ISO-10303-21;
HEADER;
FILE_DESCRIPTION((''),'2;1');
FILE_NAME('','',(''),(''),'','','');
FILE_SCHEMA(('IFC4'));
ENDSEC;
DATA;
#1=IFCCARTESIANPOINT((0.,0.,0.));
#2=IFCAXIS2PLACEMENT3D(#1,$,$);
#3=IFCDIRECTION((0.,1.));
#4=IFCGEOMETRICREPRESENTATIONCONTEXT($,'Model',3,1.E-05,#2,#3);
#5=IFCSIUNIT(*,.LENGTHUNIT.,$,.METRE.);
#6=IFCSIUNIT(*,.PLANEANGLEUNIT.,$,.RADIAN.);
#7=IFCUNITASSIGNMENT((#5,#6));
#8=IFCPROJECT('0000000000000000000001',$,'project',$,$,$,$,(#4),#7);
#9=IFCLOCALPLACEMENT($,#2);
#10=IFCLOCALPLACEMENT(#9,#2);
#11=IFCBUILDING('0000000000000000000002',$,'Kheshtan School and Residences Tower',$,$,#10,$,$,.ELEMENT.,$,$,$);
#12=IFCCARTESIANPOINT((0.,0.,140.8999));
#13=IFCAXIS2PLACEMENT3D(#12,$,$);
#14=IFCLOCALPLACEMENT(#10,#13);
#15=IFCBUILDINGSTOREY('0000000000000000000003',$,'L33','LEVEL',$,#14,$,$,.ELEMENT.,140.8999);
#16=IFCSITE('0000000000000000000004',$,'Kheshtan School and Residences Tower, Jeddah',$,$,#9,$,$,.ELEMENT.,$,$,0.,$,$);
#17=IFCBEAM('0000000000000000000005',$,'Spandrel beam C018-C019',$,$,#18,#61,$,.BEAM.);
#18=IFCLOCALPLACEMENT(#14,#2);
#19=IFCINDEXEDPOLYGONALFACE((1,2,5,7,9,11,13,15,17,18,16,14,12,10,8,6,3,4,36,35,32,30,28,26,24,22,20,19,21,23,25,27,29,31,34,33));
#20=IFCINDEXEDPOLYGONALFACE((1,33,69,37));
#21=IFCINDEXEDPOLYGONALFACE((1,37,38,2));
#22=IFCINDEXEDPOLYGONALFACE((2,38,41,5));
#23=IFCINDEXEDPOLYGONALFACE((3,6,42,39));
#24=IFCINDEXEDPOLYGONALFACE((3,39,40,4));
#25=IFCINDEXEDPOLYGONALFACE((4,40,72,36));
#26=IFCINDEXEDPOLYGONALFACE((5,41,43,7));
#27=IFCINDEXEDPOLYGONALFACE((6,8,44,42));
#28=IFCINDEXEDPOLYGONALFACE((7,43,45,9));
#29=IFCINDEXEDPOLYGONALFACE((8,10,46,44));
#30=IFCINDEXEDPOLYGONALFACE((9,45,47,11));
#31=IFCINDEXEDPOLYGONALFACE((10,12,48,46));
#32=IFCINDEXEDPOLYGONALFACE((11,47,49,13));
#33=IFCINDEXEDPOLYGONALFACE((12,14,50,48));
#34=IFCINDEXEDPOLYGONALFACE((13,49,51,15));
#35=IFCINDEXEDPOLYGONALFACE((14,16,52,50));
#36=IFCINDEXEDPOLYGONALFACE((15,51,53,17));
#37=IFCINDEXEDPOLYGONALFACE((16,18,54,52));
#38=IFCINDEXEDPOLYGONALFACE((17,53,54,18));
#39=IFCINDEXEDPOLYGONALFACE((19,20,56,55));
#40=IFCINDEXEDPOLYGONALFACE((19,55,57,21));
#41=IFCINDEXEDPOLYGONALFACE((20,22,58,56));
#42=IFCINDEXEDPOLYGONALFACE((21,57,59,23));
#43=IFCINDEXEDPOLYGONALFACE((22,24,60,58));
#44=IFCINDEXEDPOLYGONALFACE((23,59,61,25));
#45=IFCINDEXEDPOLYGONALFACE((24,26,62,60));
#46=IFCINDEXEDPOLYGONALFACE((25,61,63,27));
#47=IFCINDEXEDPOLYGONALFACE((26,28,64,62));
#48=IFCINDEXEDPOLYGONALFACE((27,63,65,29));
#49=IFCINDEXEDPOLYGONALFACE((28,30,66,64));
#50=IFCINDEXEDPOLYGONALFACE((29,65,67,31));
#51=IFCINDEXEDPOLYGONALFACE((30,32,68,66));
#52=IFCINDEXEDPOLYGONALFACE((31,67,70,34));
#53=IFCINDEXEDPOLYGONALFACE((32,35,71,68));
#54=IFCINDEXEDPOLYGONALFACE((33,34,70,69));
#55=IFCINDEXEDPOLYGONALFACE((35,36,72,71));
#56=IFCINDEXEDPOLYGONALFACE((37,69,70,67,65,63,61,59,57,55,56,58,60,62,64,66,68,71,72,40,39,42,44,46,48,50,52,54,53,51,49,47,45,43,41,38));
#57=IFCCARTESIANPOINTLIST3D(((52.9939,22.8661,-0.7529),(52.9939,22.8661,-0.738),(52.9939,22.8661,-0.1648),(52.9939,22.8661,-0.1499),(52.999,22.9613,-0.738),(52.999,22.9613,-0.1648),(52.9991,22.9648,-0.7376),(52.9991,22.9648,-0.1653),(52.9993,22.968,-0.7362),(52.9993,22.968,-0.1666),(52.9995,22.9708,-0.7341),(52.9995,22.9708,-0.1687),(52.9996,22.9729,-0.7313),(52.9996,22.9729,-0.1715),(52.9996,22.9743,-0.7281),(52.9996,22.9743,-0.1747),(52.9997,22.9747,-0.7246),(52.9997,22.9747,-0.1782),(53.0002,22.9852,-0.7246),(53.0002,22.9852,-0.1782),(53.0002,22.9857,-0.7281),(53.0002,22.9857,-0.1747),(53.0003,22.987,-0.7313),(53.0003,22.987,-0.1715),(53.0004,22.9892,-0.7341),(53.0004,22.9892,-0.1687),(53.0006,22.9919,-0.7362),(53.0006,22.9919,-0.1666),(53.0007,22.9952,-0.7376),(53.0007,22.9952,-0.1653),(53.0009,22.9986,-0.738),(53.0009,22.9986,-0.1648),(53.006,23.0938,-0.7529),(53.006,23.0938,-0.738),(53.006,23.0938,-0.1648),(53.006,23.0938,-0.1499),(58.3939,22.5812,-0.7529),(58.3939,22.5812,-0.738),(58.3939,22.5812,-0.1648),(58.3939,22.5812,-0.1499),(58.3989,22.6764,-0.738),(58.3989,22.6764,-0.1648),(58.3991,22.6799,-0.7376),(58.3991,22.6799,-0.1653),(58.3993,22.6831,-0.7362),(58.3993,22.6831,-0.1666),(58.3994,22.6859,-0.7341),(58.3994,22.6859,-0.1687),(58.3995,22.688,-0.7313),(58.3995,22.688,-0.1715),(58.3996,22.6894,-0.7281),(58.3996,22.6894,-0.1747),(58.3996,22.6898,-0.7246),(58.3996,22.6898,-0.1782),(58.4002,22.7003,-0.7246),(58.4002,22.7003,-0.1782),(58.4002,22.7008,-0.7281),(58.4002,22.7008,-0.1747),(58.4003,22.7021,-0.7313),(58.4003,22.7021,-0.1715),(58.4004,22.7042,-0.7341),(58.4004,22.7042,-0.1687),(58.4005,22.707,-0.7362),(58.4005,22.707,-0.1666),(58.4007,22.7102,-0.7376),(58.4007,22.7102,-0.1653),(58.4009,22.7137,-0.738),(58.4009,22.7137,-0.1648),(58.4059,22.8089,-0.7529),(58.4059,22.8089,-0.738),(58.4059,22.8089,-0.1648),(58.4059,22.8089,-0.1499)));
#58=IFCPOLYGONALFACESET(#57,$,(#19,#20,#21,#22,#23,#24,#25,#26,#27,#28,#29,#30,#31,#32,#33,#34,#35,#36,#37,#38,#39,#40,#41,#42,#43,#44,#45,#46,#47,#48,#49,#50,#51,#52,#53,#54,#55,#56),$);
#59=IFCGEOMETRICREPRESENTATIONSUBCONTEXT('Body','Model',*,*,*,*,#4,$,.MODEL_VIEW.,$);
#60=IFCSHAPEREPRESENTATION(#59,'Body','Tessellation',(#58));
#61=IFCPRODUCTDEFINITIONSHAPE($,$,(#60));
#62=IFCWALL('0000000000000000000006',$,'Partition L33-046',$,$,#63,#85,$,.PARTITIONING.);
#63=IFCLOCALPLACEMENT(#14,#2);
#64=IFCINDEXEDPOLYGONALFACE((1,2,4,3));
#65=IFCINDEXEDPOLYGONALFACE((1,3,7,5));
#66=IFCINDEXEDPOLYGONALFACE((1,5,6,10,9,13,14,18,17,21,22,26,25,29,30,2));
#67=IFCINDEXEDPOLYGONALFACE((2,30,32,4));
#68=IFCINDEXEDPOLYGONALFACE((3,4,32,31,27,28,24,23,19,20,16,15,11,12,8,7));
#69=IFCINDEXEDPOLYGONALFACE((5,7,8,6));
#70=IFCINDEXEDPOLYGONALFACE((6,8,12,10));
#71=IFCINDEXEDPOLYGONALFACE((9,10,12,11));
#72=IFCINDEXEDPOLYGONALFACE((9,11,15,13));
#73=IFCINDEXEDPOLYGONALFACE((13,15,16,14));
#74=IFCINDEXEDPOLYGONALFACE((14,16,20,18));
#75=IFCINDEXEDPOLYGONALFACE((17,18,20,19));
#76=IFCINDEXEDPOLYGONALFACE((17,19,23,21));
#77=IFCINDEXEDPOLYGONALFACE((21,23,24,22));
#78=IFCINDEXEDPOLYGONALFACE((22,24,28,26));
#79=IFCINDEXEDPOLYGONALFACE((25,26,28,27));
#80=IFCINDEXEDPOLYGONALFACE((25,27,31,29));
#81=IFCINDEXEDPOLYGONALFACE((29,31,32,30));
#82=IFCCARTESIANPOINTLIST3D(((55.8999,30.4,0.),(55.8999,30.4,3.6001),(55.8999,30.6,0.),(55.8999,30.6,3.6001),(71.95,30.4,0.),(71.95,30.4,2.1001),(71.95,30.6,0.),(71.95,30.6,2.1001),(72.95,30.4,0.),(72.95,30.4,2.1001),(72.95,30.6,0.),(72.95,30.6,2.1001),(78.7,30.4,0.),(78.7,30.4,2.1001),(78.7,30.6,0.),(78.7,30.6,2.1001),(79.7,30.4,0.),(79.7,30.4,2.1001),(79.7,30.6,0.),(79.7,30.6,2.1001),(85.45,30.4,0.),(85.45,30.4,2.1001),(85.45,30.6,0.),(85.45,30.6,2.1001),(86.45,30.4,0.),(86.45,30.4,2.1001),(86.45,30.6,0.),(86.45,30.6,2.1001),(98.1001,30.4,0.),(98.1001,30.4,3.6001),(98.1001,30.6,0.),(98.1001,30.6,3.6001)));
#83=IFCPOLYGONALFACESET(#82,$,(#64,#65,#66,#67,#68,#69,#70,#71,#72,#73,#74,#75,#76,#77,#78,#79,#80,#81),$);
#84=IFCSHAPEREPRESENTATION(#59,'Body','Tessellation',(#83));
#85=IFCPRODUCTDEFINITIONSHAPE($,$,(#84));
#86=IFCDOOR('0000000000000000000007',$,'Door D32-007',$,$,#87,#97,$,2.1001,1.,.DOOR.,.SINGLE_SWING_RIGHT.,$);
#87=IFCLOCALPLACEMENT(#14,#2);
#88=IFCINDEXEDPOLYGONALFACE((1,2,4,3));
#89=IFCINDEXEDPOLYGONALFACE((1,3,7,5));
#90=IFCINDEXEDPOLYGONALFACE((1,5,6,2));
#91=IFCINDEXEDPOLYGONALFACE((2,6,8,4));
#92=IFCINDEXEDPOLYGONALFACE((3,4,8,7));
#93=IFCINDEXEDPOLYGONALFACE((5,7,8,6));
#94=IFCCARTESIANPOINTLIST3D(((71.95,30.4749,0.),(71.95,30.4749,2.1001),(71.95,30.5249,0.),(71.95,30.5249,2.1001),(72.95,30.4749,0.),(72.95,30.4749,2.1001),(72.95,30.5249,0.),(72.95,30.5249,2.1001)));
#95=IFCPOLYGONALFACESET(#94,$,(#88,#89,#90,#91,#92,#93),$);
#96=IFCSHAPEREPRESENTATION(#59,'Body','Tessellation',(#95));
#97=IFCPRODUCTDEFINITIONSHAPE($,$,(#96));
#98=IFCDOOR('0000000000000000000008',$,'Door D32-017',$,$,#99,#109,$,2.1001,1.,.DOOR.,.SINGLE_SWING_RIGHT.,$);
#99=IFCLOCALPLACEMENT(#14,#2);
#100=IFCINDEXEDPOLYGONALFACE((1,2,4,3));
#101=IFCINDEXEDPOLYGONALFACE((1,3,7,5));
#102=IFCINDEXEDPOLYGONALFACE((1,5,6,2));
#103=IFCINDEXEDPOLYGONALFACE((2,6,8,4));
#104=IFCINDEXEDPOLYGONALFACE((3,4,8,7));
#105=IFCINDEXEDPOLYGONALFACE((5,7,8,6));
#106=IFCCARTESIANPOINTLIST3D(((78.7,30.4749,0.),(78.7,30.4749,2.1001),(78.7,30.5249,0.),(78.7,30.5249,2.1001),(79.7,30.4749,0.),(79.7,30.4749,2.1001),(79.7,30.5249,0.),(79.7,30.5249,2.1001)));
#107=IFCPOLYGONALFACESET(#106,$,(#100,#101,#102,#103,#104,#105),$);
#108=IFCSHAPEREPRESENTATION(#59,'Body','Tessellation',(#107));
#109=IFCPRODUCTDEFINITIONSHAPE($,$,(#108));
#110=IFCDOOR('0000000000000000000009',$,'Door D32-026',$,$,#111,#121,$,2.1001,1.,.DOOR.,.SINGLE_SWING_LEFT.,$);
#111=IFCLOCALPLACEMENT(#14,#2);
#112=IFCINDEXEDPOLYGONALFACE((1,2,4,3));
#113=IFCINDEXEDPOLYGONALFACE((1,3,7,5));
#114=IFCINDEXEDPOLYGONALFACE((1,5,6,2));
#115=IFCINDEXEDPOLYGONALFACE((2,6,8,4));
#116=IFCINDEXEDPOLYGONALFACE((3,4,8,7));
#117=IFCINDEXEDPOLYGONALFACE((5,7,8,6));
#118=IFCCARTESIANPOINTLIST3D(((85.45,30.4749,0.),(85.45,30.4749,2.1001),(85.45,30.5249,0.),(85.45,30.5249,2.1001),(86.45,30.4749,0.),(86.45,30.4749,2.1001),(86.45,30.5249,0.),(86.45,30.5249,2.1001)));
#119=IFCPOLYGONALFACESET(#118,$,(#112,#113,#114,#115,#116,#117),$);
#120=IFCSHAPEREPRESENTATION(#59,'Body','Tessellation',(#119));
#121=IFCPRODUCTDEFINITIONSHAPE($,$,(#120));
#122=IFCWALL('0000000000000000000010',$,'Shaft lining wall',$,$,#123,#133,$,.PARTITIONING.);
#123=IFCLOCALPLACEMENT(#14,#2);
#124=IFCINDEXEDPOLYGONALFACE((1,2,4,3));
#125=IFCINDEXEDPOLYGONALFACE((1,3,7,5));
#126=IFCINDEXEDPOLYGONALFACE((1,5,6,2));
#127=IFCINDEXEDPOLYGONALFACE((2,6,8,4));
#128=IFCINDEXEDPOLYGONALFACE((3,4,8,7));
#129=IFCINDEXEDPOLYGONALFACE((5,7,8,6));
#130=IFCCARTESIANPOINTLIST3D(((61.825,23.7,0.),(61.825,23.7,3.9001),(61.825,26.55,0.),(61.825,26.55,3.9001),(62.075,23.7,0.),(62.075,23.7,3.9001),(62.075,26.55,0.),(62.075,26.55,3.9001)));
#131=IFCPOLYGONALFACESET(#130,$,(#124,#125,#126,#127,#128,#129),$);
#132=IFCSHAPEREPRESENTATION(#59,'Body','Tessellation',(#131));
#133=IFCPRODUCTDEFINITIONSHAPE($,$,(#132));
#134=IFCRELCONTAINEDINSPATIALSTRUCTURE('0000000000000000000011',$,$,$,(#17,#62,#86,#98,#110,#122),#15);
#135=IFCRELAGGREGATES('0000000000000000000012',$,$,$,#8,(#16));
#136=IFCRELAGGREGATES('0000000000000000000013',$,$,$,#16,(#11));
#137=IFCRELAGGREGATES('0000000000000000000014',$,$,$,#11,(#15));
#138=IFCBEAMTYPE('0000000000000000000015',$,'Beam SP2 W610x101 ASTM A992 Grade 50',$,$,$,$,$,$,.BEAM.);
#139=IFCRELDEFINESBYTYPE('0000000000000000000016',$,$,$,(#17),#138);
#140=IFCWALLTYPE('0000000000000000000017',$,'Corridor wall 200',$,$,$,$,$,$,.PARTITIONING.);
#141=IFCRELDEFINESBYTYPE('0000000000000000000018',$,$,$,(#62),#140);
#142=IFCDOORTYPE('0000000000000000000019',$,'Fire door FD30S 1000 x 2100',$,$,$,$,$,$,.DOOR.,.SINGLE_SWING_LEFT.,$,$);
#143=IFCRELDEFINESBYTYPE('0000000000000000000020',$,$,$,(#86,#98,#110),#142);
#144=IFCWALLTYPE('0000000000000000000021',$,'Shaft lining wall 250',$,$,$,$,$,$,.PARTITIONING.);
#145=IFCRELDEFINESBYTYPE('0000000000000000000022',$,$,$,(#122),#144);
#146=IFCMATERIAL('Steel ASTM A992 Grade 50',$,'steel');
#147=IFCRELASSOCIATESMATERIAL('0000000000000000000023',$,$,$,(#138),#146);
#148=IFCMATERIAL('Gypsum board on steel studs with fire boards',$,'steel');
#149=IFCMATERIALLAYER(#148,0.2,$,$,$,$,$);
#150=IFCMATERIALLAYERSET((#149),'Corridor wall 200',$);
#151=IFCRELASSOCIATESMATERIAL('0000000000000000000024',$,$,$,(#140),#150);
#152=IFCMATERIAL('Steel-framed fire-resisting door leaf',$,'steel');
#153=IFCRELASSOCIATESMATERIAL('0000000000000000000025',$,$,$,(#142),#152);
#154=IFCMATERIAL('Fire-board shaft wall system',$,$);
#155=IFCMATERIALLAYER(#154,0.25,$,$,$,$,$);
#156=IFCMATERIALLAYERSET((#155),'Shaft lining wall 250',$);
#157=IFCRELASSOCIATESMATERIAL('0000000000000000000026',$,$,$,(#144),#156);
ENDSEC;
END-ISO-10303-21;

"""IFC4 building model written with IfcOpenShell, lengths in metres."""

from ifc_helpers import new_model, si_unit, direction, frame, frame_2d, origin, origin_2d, place, context, subcontext, project, spatial, rectangle, i_section, extrude, source, transform, mapped, material, layer, layer_set, material_profile, profile_set, type_object, element, fill, save


model = new_model("IFC4")

# Units and contexts
model_context = context("Model", 3, precision=1e-05, world=origin(), true_north=direction((0.0, 1.0)))
body_context = subcontext(model_context, "Body", "Model", "MODEL_VIEW")
ifc_project = project(units=[si_unit("LENGTHUNIT", "METRE"), si_unit("PLANEANGLEUNIT", "RADIAN")], contexts=[model_context])

# Site, building, storey
site_placement = place(None, origin())
site = spatial("IfcSite", under=ifc_project, at=site_placement, Name="Kheshtan School and Residences Tower, Jeddah", CompositionType="ELEMENT", RefElevation=0.0)
building_placement = place(site_placement, origin())
building = spatial("IfcBuilding", under=site, at=building_placement, Name="Kheshtan School and Residences Tower", CompositionType="ELEMENT")
storey_placement = place(building_placement, frame((0.0, 0.0, 140.8999)))
storey = spatial("IfcBuildingStorey", under=building, at=storey_placement, Name="L33", Description="LEVEL", CompositionType="ELEMENT", Elevation=140.8999)

# Shared definitions
ifc_material_1 = material(Name="Steel ASTM A992 Grade 50", Category="steel")

# Beam
ifc_material_profile_1 = material_profile(ifc_material_1, i_section(OverallWidth=0.228, OverallDepth=0.603, WebThickness=0.0105, FlangeThickness=0.0149, FilletRadius=0.0134, at=origin_2d()), Name="W610x101")
ifc_profile_set_1 = profile_set([ifc_material_profile_1], Name="Steel ASTM A992 Grade 50")
beam_type_1 = type_object("IfcBeamType", Name="Beam SP2 W610x101 ASTM A992 Grade 50", PredefinedType="BEAM", material=ifc_profile_set_1)
beam_1_placement = place(storey_placement, frame((58.3999, 22.6951, -0.4514), z_axis=(-0.998611, 0.052689, 0.0), x_axis=(-0.052689, -0.998611, 0.0)))
element("IfcBeam", 1, at=beam_1_placement, inside=storey, type_object=beam_type_1, Name="Spandrel beam C018-C019", PredefinedType="BEAM", context=body_context, shape_type="SweptSolid", body=[
    extrude(i_section(OverallWidth=0.228, OverallDepth=0.603, WebThickness=0.0105, FlangeThickness=0.0149, FilletRadius=0.0134, at=origin_2d()), origin(), (0.0, 0.0, 1.0), 5.4075),
])

# Wall, openings, doors
ifc_material_2 = material(Name="Gypsum board on steel studs with fire boards", Category="steel")
ifc_layer_1 = layer(ifc_material_2, 0.2)
ifc_layer_set_1 = layer_set([ifc_layer_1], Name="Corridor wall 200")
wall_type_1 = type_object("IfcWallType", Name="Corridor wall 200", PredefinedType="PARTITIONING", material=ifc_layer_set_1)
wall_1_placement = place(storey_placement, frame((55.8999, 30.5, 0.0), z_axis=(0.0, 0.0, 1.0), x_axis=(1.0, 0.0, 0.0)))
wall_1 = element("IfcWall", 2, at=wall_1_placement, inside=storey, type_object=wall_type_1, Name="Partition L33-046", PredefinedType="PARTITIONING", context=body_context, shape_type="SweptSolid", body=[
    extrude(rectangle(XDim=42.2002, YDim=0.2, at=frame_2d((21.1001, 0.0))), origin(), (0.0, 0.0, 1.0), 3.6001),
])
opening_1_placement = place(wall_1_placement, frame((16.05, 0.0, 0.0)))
opening_1 = element("IfcOpeningElement", 3, at=opening_1_placement, cuts=wall_1, PredefinedType="OPENING", context=body_context, shape_type="SweptSolid", body=[
    extrude(rectangle(XDim=1.0, YDim=2.1001, at=frame_2d((0.5, 1.05))), frame((0.0, 0.1099, 0.0), z_axis=(0.0, -1.0, 0.0), x_axis=(1.0, 0.0, 0.0)), (0.0, 0.0, 1.0), 0.22),
])
opening_2_placement = place(wall_1_placement, frame((22.8, 0.0, 0.0)))
opening_2 = element("IfcOpeningElement", 4, at=opening_2_placement, cuts=wall_1, PredefinedType="OPENING", context=body_context, shape_type="SweptSolid", body=[
    extrude(rectangle(XDim=1.0, YDim=2.1001, at=frame_2d((0.5, 1.05))), frame((0.0, 0.1099, 0.0), z_axis=(0.0, -1.0, 0.0), x_axis=(1.0, 0.0, 0.0)), (0.0, 0.0, 1.0), 0.22),
])
opening_3_placement = place(wall_1_placement, frame((29.55, 0.0, 0.0)))
opening_3 = element("IfcOpeningElement", 5, at=opening_3_placement, cuts=wall_1, PredefinedType="OPENING", context=body_context, shape_type="SweptSolid", body=[
    extrude(rectangle(XDim=1.0, YDim=2.1001, at=frame_2d((0.5, 1.05))), frame((0.0, 0.1099, 0.0), z_axis=(0.0, -1.0, 0.0), x_axis=(1.0, 0.0, 0.0)), (0.0, 0.0, 1.0), 0.22),
])
ifc_material_3 = material(Name="Steel-framed fire-resisting door leaf", Category="steel")
door_type_1 = type_object("IfcDoorType", Name="Fire door FD30S 1000 x 2100", OperationType="SINGLE_SWING_LEFT", PredefinedType="DOOR", material=ifc_material_3)
shared_shape_1 = source(origin(), body_context, "Body", "SweptSolid", [
    extrude(rectangle(XDim=1.0, YDim=2.1001, at=frame_2d((0.5, 1.05))), frame((0.0, 0.0249, 0.0), z_axis=(0.0, -1.0, 0.0), x_axis=(1.0, 0.0, 0.0)), (0.0, 0.0, 1.0), 0.05),
])
door_1_placement = place(opening_1_placement, origin())
door_1 = element("IfcDoor", 6, at=door_1_placement, inside=storey, type_object=door_type_1, Name="Door D32-007", OperationType="SINGLE_SWING_RIGHT", OverallHeight=2.1001, OverallWidth=1.0, PredefinedType="DOOR", context=body_context, shape_type="MappedRepresentation", body=[
    mapped(shared_shape_1, transform((0.0, 0.0, 0.0), x_axis=(1.0, 0.0, 0.0), y_axis=(0.0, 1.0, 0.0), z_axis=(0.0, 0.0, 1.0), scale=1.0)),
])
fill(opening_1, door_1)
door_2_placement = place(opening_2_placement, origin())
door_2 = element("IfcDoor", 7, at=door_2_placement, inside=storey, type_object=door_type_1, Name="Door D32-017", OperationType="SINGLE_SWING_RIGHT", OverallHeight=2.1001, OverallWidth=1.0, PredefinedType="DOOR", context=body_context, shape_type="MappedRepresentation", body=[
    mapped(shared_shape_1, transform((0.0, 0.0, 0.0), x_axis=(1.0, 0.0, 0.0), y_axis=(0.0, 1.0, 0.0), z_axis=(0.0, 0.0, 1.0), scale=1.0)),
])
fill(opening_2, door_2)
door_3_placement = place(opening_3_placement, origin())
door_3 = element("IfcDoor", 8, at=door_3_placement, inside=storey, type_object=door_type_1, Name="Door D32-026", OperationType="SINGLE_SWING_LEFT", OverallHeight=2.1001, OverallWidth=1.0, PredefinedType="DOOR", context=body_context, shape_type="MappedRepresentation", body=[
    mapped(shared_shape_1, transform((0.0, 0.0, 0.0), x_axis=(1.0, 0.0, 0.0), y_axis=(0.0, 1.0, 0.0), z_axis=(0.0, 0.0, 1.0), scale=1.0)),
])
fill(opening_3, door_3)

# Wall
ifc_material_4 = material(Name="Fire-board shaft wall system")
ifc_layer_2 = layer(ifc_material_4, 0.25)
ifc_layer_set_2 = layer_set([ifc_layer_2], Name="Shaft lining wall 250")
wall_type_2 = type_object("IfcWallType", Name="Shaft lining wall 250", PredefinedType="PARTITIONING", material=ifc_layer_set_2)
wall_2_placement = place(storey_placement, frame((61.95, 23.7, 0.0), z_axis=(0.0, 0.0, 1.0), x_axis=(0.0, 1.0, 0.0)))
element("IfcWall", 9, at=wall_2_placement, inside=storey, type_object=wall_type_2, Name="Shaft lining wall", PredefinedType="PARTITIONING", context=body_context, shape_type="SweptSolid", body=[
    extrude(rectangle(XDim=2.8501, YDim=0.25, at=frame_2d((1.425, 0.0))), origin(), (0.0, 0.0, 1.0), 3.9001),
])

save(model, "model.ifc")
